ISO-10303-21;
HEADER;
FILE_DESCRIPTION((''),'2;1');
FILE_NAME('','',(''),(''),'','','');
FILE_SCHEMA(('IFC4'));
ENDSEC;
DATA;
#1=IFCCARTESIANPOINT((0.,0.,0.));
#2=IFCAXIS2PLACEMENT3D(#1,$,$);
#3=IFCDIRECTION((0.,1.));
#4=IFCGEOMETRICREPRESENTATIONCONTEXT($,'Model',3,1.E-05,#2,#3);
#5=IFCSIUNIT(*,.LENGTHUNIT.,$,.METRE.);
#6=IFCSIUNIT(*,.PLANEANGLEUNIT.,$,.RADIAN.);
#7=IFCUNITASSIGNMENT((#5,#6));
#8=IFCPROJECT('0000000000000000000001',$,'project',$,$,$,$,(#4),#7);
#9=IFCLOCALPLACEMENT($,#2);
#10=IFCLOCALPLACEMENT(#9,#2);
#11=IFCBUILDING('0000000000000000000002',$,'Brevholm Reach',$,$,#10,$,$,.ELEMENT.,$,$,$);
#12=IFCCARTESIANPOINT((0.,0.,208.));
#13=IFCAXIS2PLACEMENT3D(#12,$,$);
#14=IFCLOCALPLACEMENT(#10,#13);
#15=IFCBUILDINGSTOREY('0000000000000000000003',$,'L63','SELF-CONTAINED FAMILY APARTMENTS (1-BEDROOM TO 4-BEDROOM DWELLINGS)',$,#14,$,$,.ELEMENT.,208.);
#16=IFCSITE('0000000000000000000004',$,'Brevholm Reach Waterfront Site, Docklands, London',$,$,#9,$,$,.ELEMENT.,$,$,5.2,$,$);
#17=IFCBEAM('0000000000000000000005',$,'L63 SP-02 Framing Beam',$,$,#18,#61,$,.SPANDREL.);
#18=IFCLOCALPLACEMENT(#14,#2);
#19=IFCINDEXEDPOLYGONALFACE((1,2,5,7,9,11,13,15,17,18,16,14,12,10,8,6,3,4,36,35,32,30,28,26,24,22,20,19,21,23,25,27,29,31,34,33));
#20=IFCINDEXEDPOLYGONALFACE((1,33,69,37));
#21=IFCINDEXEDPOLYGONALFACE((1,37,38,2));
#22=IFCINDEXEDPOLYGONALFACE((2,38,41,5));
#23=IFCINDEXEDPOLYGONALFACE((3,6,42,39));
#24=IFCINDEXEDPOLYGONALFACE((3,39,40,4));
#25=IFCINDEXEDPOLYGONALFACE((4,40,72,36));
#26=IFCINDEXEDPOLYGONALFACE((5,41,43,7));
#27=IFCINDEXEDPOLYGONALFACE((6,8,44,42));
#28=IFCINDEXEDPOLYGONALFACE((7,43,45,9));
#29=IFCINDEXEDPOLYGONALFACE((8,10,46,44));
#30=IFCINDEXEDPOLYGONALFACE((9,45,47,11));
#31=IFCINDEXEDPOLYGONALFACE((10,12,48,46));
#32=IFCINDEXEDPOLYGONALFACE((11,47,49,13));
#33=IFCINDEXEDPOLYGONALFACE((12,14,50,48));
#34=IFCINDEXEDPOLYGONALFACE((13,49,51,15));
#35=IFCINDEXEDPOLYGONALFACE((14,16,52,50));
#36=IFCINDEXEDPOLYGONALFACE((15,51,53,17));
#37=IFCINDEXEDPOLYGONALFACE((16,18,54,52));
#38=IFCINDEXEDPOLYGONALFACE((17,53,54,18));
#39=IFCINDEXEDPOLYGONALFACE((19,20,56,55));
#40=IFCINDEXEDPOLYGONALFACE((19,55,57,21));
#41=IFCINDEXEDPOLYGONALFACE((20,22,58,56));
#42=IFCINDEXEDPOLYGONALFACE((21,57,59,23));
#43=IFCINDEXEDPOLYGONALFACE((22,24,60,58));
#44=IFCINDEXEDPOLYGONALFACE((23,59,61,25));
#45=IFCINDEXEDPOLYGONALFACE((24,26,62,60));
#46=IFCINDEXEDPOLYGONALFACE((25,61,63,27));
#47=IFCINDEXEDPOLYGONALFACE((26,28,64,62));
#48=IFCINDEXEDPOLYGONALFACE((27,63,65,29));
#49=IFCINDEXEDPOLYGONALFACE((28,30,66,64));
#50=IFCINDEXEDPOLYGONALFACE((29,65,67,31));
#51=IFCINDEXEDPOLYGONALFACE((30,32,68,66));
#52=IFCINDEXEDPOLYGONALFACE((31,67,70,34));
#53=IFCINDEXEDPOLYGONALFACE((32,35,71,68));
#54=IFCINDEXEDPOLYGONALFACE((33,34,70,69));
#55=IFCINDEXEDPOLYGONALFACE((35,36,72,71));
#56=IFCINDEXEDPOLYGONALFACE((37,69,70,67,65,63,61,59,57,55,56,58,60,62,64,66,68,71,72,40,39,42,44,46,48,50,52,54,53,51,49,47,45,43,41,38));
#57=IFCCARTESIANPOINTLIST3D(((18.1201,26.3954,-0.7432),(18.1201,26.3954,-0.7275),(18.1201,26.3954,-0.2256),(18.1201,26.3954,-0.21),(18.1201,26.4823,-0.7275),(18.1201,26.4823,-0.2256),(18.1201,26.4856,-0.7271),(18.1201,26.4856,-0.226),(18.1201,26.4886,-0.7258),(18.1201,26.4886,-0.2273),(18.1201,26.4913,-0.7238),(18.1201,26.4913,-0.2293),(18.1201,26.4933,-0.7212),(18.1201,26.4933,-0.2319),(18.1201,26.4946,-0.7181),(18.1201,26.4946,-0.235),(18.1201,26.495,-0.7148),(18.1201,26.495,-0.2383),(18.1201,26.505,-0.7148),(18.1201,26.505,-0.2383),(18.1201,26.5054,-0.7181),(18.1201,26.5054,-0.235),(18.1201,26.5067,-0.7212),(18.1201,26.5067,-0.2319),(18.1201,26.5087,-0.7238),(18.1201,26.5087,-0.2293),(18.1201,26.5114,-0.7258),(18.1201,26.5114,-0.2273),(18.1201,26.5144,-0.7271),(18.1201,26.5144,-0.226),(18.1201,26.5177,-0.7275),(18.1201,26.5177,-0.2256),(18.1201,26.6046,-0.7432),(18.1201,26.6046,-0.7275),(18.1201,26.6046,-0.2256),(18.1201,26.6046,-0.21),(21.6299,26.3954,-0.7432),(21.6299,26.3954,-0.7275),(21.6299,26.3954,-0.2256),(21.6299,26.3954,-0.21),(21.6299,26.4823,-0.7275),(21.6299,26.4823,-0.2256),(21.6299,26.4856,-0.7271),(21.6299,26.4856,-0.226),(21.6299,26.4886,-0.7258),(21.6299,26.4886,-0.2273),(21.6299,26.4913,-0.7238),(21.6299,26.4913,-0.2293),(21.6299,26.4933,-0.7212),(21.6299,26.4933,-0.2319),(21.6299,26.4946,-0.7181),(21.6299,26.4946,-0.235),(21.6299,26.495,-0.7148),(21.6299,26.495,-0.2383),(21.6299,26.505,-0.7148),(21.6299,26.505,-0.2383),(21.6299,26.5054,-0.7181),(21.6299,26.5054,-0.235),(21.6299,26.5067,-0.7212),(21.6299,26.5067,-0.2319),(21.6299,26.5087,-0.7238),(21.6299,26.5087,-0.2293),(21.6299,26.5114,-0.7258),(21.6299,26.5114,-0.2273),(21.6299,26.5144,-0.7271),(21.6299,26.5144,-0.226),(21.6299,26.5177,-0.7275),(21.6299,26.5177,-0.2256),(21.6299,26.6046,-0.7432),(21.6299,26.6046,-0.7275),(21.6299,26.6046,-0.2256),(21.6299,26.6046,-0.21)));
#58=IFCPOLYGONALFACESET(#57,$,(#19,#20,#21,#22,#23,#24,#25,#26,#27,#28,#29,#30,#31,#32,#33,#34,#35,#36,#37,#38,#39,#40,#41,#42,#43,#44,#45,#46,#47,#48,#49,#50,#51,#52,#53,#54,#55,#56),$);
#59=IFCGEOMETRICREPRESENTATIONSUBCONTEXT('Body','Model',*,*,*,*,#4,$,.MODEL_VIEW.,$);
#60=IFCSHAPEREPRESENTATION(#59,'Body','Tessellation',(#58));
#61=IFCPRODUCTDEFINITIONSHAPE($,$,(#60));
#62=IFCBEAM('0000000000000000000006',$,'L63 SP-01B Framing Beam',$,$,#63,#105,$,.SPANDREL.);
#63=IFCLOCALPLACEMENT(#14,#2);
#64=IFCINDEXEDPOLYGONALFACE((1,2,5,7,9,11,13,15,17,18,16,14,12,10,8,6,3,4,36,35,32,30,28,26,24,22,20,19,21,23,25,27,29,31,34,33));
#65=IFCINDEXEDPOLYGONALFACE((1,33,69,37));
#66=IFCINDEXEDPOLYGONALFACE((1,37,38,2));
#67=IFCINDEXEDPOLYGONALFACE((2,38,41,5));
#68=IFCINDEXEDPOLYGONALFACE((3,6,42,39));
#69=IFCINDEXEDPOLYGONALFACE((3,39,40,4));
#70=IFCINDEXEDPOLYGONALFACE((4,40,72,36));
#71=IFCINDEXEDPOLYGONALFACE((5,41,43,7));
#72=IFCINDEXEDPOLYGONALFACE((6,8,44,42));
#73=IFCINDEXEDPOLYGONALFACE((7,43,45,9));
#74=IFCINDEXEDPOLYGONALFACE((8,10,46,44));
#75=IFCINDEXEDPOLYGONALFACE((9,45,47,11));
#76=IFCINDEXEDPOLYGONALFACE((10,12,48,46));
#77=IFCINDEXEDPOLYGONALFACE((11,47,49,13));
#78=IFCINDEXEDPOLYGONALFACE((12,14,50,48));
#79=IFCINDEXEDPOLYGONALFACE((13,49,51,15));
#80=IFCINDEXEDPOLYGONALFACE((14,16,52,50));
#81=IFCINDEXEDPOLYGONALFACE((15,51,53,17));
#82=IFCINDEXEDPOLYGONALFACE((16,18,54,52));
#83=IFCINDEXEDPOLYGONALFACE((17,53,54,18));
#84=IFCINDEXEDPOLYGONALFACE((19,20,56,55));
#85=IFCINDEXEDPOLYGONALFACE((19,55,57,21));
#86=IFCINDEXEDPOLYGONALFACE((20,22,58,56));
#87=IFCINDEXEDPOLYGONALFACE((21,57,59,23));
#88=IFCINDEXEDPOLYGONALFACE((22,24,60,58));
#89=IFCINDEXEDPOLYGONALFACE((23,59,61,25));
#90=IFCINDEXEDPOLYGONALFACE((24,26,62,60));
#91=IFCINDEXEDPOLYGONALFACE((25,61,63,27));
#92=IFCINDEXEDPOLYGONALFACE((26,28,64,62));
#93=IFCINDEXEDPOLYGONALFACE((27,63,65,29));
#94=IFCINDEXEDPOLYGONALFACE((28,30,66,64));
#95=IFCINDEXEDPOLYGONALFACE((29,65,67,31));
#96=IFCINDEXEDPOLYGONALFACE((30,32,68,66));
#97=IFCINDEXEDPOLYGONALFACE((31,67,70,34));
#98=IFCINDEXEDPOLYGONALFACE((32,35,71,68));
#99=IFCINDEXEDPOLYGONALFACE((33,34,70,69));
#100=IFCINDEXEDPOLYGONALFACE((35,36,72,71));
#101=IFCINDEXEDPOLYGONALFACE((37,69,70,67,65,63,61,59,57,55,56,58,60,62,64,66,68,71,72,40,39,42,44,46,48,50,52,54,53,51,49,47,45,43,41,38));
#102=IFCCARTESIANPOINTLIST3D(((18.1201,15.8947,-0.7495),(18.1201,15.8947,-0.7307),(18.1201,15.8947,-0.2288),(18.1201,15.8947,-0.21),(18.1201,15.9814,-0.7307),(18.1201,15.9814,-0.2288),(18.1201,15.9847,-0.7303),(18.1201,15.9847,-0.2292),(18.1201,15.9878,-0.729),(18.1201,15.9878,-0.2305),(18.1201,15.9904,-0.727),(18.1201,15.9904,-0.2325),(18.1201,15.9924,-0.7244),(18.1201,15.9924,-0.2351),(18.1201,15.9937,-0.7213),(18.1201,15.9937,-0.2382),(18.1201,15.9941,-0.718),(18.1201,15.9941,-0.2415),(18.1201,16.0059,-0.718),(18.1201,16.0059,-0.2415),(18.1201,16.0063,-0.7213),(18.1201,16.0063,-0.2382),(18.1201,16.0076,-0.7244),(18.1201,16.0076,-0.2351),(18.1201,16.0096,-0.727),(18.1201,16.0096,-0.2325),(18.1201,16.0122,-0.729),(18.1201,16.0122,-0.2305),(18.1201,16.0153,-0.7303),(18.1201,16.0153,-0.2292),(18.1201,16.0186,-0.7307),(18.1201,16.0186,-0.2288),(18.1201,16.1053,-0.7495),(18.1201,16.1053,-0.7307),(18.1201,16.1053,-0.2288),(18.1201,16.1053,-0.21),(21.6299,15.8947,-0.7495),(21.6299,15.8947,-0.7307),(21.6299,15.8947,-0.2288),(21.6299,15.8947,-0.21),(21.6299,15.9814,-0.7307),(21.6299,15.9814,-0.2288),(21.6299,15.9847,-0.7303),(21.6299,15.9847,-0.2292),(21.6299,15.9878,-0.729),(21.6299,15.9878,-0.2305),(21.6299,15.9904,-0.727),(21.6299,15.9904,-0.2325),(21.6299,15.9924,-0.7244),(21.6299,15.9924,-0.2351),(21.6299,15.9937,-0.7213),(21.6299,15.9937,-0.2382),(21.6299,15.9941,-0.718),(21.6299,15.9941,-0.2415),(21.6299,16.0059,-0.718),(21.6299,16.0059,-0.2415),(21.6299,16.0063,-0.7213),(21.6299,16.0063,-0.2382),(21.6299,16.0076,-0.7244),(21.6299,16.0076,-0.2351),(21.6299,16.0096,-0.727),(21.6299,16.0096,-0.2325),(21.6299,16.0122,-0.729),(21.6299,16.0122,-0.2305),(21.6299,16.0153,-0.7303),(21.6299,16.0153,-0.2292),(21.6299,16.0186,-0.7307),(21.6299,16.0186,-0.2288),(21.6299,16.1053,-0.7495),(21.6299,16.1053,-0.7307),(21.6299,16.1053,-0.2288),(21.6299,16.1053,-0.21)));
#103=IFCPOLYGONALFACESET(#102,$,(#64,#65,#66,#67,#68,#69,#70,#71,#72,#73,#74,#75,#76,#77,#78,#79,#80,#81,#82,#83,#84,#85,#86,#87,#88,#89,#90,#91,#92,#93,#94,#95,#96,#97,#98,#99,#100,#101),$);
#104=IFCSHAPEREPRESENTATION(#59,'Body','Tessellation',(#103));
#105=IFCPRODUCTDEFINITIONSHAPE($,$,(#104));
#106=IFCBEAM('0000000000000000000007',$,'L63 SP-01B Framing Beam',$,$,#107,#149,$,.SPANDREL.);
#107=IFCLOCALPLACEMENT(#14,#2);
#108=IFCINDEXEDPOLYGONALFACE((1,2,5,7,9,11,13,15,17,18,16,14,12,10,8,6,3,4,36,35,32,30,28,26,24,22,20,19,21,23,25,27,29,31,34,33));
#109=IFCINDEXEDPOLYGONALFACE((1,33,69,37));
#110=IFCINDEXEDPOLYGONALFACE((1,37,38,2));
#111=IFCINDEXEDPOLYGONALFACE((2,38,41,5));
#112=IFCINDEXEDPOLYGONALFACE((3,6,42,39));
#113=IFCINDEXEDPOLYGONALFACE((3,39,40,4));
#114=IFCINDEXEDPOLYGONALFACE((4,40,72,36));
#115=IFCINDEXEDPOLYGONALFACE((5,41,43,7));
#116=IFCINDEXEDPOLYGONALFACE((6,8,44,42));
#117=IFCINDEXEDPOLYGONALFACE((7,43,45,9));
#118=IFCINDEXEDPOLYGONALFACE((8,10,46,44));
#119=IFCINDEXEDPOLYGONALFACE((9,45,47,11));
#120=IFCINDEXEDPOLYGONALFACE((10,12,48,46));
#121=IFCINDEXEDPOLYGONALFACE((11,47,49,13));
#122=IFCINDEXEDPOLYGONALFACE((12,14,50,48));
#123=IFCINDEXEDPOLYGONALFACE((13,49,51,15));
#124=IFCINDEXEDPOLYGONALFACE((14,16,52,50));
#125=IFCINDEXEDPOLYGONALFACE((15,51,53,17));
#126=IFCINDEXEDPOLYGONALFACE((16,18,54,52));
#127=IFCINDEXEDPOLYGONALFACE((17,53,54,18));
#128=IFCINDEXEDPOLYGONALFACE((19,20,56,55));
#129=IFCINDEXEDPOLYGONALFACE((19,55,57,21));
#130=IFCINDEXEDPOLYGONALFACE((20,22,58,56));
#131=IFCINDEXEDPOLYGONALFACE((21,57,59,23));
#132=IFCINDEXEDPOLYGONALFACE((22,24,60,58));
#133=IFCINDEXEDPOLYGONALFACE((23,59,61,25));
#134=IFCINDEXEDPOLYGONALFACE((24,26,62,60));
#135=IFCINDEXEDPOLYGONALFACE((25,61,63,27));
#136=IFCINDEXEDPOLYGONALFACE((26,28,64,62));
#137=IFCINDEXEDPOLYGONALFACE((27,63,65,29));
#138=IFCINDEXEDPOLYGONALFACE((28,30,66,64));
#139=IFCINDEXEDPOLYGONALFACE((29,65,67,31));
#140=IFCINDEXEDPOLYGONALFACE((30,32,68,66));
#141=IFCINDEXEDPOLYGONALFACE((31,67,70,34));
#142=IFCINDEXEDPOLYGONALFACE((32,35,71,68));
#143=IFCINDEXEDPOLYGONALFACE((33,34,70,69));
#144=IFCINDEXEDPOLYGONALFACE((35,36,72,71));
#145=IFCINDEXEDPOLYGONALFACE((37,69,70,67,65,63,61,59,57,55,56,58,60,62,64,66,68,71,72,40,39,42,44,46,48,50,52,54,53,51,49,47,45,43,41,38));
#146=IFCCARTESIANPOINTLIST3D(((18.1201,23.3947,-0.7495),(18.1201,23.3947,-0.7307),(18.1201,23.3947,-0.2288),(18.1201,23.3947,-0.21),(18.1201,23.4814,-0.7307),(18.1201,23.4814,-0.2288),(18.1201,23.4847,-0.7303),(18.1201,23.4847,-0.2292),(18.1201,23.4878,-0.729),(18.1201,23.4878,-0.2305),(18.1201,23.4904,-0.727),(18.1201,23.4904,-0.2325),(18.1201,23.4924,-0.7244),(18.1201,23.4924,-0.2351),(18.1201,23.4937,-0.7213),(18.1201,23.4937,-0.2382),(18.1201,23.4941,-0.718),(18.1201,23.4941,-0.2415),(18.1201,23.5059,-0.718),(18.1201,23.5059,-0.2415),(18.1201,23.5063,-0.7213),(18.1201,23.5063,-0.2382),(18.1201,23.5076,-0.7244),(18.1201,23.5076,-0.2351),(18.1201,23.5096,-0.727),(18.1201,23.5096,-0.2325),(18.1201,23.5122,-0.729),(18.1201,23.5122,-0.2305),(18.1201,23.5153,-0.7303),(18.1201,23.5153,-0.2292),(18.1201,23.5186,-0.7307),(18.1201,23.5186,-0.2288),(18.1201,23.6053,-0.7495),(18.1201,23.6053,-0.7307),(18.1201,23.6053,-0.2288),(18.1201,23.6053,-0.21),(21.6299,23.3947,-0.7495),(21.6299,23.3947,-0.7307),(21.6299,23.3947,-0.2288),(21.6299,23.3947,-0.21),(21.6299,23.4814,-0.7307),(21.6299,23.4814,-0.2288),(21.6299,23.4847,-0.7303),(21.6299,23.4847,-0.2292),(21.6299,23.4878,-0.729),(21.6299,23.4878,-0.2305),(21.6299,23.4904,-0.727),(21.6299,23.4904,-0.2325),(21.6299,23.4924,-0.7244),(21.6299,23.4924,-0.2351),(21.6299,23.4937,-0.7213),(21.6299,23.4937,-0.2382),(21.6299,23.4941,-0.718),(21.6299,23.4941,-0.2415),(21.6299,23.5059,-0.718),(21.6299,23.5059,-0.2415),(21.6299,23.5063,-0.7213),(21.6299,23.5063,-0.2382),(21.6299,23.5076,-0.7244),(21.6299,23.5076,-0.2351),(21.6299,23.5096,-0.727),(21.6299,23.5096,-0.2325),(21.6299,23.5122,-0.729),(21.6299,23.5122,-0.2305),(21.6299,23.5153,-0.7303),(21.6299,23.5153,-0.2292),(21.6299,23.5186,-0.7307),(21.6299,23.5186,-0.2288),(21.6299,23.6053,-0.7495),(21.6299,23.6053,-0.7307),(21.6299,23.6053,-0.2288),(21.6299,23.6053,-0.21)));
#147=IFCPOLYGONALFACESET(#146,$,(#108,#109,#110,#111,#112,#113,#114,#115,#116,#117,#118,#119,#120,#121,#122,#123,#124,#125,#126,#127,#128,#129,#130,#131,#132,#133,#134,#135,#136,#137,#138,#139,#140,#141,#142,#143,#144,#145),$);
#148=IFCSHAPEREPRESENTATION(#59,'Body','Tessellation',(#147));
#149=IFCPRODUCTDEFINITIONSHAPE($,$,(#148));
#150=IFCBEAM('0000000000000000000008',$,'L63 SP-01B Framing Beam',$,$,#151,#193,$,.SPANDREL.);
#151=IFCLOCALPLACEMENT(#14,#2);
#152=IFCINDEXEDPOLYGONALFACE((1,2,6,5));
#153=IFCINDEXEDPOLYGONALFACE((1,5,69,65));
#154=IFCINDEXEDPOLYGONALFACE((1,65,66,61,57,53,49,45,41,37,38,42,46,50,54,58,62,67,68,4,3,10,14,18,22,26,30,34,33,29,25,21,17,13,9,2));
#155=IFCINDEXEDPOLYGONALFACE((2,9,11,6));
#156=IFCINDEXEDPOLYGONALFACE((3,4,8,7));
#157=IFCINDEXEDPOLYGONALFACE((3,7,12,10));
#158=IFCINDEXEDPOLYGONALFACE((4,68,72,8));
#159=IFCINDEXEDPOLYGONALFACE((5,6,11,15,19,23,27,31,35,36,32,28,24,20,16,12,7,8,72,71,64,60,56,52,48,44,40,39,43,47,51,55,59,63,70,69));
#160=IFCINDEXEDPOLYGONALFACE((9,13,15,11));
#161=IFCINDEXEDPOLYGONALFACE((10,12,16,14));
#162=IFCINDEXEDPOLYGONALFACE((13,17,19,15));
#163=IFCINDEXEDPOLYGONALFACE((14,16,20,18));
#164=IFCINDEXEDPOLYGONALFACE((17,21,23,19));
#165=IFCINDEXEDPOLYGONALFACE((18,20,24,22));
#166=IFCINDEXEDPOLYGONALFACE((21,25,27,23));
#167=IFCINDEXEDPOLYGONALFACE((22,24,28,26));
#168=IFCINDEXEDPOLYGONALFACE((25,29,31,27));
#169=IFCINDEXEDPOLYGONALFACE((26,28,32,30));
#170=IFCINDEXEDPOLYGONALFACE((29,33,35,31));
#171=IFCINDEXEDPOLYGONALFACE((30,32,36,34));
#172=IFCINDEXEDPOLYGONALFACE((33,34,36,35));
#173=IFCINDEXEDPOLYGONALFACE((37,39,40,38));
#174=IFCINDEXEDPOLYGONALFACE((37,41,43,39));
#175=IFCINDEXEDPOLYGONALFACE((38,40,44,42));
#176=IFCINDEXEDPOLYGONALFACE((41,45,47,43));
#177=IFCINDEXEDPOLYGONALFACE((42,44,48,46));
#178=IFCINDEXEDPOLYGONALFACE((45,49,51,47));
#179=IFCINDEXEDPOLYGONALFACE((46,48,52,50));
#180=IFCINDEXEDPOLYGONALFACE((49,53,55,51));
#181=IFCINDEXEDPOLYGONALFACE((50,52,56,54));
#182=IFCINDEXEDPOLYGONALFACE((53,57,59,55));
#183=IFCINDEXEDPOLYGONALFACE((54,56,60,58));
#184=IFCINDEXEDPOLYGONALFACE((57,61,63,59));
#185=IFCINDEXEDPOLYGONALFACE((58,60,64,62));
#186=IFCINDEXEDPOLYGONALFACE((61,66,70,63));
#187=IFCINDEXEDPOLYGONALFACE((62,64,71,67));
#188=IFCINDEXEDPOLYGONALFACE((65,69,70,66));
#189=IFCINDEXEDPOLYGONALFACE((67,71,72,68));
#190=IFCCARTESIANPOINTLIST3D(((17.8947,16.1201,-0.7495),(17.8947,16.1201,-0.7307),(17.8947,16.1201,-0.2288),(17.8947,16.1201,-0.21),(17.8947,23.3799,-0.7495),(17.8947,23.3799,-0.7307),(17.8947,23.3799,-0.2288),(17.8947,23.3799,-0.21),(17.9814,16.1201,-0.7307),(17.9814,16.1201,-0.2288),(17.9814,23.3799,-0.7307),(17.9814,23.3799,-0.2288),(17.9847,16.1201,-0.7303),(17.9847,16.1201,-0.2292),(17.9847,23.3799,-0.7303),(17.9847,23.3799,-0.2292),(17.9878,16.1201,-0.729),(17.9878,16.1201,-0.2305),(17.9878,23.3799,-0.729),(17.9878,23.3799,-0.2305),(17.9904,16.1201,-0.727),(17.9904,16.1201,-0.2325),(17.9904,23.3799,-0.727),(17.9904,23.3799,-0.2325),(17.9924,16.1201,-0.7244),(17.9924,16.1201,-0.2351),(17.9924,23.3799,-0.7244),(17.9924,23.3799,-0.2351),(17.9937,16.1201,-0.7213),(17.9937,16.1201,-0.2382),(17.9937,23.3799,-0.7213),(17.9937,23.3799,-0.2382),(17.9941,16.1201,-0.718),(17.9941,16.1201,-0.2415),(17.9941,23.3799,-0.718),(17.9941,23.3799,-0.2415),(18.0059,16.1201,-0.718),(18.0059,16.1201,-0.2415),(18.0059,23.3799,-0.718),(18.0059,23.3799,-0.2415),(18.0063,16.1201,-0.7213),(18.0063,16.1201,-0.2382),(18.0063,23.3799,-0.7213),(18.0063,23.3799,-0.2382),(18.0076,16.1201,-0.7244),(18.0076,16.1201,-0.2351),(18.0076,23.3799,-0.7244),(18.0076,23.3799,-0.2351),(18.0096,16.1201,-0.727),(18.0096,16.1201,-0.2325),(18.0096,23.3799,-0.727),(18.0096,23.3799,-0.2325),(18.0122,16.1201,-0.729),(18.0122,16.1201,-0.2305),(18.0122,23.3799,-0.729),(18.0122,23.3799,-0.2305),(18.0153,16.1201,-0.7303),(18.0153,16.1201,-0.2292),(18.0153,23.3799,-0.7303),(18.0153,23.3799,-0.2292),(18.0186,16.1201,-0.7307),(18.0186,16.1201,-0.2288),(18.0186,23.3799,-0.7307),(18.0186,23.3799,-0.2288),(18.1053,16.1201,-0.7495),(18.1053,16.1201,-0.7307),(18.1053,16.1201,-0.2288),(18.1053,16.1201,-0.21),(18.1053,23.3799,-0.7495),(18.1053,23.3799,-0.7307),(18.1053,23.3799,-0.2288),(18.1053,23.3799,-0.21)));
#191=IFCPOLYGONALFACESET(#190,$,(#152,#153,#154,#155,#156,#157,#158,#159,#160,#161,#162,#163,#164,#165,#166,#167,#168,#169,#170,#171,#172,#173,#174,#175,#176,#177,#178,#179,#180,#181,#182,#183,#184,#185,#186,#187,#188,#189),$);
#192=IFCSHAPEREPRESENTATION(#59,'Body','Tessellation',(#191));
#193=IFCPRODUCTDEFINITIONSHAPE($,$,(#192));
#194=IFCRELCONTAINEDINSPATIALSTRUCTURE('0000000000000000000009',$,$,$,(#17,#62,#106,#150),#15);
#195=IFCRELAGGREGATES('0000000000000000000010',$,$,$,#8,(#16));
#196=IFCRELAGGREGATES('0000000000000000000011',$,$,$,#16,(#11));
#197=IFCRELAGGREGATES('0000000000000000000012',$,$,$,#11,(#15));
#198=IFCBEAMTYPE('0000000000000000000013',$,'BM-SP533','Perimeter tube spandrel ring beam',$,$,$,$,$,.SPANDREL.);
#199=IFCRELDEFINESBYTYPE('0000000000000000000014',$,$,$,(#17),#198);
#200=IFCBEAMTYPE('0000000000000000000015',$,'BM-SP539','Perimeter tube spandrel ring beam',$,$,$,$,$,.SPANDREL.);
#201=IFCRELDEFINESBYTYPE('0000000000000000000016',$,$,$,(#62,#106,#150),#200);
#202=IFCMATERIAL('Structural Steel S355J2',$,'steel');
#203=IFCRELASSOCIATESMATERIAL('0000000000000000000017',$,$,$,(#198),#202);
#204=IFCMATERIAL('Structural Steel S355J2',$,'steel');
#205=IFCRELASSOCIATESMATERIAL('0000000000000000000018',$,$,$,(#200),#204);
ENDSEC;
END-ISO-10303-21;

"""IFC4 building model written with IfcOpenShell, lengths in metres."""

from ifc_helpers import new_model, si_unit, direction, frame, origin, origin_2d, place, context, subcontext, project, spatial, i_section, extrude, material, material_profile, profile_set, type_object, element, save


model = new_model("IFC4")

# Units and contexts
model_context = context("Model", 3, precision=1e-05, world=origin(), true_north=direction((0.0, 1.0)))
body_context = subcontext(model_context, "Body", "Model", "MODEL_VIEW")
ifc_project = project(units=[si_unit("LENGTHUNIT", "METRE"), si_unit("PLANEANGLEUNIT", "RADIAN")], contexts=[model_context])

# Site, building, storey
site_placement = place(None, origin())
site = spatial("IfcSite", under=ifc_project, at=site_placement, Name="Brevholm Reach Waterfront Site, Docklands, London", CompositionType="ELEMENT", RefElevation=5.2)
building_placement = place(site_placement, origin())
building = spatial("IfcBuilding", under=site, at=building_placement, Name="Brevholm Reach", CompositionType="ELEMENT")
storey_placement = place(building_placement, frame((0.0, 0.0, 208.0)))
storey = spatial("IfcBuildingStorey", under=building, at=storey_placement, Name="L63", Description="SELF-CONTAINED FAMILY APARTMENTS (1-BEDROOM TO 4-BEDROOM DWELLINGS)", CompositionType="ELEMENT", Elevation=208.0)

# Beams
ifc_material_1 = material(Name="Structural Steel S355J2", Category="steel")
ifc_material_profile_1 = material_profile(ifc_material_1, i_section(OverallWidth=0.2092, OverallDepth=0.5332, WebThickness=0.01, FlangeThickness=0.0156, FilletRadius=0.0127, at=origin_2d()), Name="UKB 533x210x92")
ifc_profile_set_1 = profile_set([ifc_material_profile_1], Name="Structural Steel S355J2")
beam_type_1 = type_object("IfcBeamType", Name="BM-SP533", Description="Perimeter tube spandrel ring beam", PredefinedType="SPANDREL", material=ifc_profile_set_1)
beam_1_placement = place(storey_placement, frame((18.1201, 26.5, -0.4766), z_axis=(1.0, 0.0, 0.0), x_axis=(0.0, 1.0, 0.0)))
element("IfcBeam", 1, at=beam_1_placement, inside=storey, type_object=beam_type_1, Name="L63 SP-02 Framing Beam", PredefinedType="SPANDREL", context=body_context, shape_type="SweptSolid", body=[
    extrude(i_section(OverallWidth=0.2092, OverallDepth=0.5332, WebThickness=0.01, FlangeThickness=0.0156, FilletRadius=0.0127, at=origin_2d()), origin(), (0.0, 0.0, 1.0), 3.5098),
])
ifc_material_2 = material(Name="Structural Steel S355J2", Category="steel")
ifc_material_profile_2 = material_profile(ifc_material_2, i_section(OverallWidth=0.2107, OverallDepth=0.5396, WebThickness=0.0117, FlangeThickness=0.0188, FilletRadius=0.0127, at=origin_2d()), Name="UKB 533x210x109")
ifc_profile_set_2 = profile_set([ifc_material_profile_2], Name="Structural Steel S355J2")
beam_type_2 = type_object("IfcBeamType", Name="BM-SP539", Description="Perimeter tube spandrel ring beam", PredefinedType="SPANDREL", material=ifc_profile_set_2)
for number, where, z_axis, x_axis, name in (
    (2, (18.1201, 16.0, -0.4797), (1.0, 0.0, 0.0), (0.0, 1.0, 0.0), "L63 SP-01B Framing Beam"),
    (3, (18.1201, 23.5, -0.4797), (1.0, 0.0, 0.0), (0.0, 1.0, 0.0), "L63 SP-01B Framing Beam"),
):
    element("IfcBeam", number, at=place(storey_placement, frame(where, z_axis=z_axis, x_axis=x_axis)), inside=storey, type_object=beam_type_2, Name=name, PredefinedType="SPANDREL", context=body_context, shape_type="SweptSolid", body=[
        extrude(i_section(OverallWidth=0.2107, OverallDepth=0.5396, WebThickness=0.0117, FlangeThickness=0.0188, FilletRadius=0.0127, at=origin_2d()), origin(), (0.0, 0.0, 1.0), 3.5098),
    ])
beam_2_placement = place(storey_placement, frame((18.0, 16.1201, -0.4797), z_axis=(0.0, 1.0, 0.0), x_axis=(-1.0, 0.0, 0.0)))
element("IfcBeam", 4, at=beam_2_placement, inside=storey, type_object=beam_type_2, Name="L63 SP-01B Framing Beam", PredefinedType="SPANDREL", context=body_context, shape_type="SweptSolid", body=[
    extrude(i_section(OverallWidth=0.2107, OverallDepth=0.5396, WebThickness=0.0117, FlangeThickness=0.0188, FilletRadius=0.0127, at=origin_2d()), origin(), (0.0, 0.0, 1.0), 7.2598),
])

save(model, "model.ifc")
